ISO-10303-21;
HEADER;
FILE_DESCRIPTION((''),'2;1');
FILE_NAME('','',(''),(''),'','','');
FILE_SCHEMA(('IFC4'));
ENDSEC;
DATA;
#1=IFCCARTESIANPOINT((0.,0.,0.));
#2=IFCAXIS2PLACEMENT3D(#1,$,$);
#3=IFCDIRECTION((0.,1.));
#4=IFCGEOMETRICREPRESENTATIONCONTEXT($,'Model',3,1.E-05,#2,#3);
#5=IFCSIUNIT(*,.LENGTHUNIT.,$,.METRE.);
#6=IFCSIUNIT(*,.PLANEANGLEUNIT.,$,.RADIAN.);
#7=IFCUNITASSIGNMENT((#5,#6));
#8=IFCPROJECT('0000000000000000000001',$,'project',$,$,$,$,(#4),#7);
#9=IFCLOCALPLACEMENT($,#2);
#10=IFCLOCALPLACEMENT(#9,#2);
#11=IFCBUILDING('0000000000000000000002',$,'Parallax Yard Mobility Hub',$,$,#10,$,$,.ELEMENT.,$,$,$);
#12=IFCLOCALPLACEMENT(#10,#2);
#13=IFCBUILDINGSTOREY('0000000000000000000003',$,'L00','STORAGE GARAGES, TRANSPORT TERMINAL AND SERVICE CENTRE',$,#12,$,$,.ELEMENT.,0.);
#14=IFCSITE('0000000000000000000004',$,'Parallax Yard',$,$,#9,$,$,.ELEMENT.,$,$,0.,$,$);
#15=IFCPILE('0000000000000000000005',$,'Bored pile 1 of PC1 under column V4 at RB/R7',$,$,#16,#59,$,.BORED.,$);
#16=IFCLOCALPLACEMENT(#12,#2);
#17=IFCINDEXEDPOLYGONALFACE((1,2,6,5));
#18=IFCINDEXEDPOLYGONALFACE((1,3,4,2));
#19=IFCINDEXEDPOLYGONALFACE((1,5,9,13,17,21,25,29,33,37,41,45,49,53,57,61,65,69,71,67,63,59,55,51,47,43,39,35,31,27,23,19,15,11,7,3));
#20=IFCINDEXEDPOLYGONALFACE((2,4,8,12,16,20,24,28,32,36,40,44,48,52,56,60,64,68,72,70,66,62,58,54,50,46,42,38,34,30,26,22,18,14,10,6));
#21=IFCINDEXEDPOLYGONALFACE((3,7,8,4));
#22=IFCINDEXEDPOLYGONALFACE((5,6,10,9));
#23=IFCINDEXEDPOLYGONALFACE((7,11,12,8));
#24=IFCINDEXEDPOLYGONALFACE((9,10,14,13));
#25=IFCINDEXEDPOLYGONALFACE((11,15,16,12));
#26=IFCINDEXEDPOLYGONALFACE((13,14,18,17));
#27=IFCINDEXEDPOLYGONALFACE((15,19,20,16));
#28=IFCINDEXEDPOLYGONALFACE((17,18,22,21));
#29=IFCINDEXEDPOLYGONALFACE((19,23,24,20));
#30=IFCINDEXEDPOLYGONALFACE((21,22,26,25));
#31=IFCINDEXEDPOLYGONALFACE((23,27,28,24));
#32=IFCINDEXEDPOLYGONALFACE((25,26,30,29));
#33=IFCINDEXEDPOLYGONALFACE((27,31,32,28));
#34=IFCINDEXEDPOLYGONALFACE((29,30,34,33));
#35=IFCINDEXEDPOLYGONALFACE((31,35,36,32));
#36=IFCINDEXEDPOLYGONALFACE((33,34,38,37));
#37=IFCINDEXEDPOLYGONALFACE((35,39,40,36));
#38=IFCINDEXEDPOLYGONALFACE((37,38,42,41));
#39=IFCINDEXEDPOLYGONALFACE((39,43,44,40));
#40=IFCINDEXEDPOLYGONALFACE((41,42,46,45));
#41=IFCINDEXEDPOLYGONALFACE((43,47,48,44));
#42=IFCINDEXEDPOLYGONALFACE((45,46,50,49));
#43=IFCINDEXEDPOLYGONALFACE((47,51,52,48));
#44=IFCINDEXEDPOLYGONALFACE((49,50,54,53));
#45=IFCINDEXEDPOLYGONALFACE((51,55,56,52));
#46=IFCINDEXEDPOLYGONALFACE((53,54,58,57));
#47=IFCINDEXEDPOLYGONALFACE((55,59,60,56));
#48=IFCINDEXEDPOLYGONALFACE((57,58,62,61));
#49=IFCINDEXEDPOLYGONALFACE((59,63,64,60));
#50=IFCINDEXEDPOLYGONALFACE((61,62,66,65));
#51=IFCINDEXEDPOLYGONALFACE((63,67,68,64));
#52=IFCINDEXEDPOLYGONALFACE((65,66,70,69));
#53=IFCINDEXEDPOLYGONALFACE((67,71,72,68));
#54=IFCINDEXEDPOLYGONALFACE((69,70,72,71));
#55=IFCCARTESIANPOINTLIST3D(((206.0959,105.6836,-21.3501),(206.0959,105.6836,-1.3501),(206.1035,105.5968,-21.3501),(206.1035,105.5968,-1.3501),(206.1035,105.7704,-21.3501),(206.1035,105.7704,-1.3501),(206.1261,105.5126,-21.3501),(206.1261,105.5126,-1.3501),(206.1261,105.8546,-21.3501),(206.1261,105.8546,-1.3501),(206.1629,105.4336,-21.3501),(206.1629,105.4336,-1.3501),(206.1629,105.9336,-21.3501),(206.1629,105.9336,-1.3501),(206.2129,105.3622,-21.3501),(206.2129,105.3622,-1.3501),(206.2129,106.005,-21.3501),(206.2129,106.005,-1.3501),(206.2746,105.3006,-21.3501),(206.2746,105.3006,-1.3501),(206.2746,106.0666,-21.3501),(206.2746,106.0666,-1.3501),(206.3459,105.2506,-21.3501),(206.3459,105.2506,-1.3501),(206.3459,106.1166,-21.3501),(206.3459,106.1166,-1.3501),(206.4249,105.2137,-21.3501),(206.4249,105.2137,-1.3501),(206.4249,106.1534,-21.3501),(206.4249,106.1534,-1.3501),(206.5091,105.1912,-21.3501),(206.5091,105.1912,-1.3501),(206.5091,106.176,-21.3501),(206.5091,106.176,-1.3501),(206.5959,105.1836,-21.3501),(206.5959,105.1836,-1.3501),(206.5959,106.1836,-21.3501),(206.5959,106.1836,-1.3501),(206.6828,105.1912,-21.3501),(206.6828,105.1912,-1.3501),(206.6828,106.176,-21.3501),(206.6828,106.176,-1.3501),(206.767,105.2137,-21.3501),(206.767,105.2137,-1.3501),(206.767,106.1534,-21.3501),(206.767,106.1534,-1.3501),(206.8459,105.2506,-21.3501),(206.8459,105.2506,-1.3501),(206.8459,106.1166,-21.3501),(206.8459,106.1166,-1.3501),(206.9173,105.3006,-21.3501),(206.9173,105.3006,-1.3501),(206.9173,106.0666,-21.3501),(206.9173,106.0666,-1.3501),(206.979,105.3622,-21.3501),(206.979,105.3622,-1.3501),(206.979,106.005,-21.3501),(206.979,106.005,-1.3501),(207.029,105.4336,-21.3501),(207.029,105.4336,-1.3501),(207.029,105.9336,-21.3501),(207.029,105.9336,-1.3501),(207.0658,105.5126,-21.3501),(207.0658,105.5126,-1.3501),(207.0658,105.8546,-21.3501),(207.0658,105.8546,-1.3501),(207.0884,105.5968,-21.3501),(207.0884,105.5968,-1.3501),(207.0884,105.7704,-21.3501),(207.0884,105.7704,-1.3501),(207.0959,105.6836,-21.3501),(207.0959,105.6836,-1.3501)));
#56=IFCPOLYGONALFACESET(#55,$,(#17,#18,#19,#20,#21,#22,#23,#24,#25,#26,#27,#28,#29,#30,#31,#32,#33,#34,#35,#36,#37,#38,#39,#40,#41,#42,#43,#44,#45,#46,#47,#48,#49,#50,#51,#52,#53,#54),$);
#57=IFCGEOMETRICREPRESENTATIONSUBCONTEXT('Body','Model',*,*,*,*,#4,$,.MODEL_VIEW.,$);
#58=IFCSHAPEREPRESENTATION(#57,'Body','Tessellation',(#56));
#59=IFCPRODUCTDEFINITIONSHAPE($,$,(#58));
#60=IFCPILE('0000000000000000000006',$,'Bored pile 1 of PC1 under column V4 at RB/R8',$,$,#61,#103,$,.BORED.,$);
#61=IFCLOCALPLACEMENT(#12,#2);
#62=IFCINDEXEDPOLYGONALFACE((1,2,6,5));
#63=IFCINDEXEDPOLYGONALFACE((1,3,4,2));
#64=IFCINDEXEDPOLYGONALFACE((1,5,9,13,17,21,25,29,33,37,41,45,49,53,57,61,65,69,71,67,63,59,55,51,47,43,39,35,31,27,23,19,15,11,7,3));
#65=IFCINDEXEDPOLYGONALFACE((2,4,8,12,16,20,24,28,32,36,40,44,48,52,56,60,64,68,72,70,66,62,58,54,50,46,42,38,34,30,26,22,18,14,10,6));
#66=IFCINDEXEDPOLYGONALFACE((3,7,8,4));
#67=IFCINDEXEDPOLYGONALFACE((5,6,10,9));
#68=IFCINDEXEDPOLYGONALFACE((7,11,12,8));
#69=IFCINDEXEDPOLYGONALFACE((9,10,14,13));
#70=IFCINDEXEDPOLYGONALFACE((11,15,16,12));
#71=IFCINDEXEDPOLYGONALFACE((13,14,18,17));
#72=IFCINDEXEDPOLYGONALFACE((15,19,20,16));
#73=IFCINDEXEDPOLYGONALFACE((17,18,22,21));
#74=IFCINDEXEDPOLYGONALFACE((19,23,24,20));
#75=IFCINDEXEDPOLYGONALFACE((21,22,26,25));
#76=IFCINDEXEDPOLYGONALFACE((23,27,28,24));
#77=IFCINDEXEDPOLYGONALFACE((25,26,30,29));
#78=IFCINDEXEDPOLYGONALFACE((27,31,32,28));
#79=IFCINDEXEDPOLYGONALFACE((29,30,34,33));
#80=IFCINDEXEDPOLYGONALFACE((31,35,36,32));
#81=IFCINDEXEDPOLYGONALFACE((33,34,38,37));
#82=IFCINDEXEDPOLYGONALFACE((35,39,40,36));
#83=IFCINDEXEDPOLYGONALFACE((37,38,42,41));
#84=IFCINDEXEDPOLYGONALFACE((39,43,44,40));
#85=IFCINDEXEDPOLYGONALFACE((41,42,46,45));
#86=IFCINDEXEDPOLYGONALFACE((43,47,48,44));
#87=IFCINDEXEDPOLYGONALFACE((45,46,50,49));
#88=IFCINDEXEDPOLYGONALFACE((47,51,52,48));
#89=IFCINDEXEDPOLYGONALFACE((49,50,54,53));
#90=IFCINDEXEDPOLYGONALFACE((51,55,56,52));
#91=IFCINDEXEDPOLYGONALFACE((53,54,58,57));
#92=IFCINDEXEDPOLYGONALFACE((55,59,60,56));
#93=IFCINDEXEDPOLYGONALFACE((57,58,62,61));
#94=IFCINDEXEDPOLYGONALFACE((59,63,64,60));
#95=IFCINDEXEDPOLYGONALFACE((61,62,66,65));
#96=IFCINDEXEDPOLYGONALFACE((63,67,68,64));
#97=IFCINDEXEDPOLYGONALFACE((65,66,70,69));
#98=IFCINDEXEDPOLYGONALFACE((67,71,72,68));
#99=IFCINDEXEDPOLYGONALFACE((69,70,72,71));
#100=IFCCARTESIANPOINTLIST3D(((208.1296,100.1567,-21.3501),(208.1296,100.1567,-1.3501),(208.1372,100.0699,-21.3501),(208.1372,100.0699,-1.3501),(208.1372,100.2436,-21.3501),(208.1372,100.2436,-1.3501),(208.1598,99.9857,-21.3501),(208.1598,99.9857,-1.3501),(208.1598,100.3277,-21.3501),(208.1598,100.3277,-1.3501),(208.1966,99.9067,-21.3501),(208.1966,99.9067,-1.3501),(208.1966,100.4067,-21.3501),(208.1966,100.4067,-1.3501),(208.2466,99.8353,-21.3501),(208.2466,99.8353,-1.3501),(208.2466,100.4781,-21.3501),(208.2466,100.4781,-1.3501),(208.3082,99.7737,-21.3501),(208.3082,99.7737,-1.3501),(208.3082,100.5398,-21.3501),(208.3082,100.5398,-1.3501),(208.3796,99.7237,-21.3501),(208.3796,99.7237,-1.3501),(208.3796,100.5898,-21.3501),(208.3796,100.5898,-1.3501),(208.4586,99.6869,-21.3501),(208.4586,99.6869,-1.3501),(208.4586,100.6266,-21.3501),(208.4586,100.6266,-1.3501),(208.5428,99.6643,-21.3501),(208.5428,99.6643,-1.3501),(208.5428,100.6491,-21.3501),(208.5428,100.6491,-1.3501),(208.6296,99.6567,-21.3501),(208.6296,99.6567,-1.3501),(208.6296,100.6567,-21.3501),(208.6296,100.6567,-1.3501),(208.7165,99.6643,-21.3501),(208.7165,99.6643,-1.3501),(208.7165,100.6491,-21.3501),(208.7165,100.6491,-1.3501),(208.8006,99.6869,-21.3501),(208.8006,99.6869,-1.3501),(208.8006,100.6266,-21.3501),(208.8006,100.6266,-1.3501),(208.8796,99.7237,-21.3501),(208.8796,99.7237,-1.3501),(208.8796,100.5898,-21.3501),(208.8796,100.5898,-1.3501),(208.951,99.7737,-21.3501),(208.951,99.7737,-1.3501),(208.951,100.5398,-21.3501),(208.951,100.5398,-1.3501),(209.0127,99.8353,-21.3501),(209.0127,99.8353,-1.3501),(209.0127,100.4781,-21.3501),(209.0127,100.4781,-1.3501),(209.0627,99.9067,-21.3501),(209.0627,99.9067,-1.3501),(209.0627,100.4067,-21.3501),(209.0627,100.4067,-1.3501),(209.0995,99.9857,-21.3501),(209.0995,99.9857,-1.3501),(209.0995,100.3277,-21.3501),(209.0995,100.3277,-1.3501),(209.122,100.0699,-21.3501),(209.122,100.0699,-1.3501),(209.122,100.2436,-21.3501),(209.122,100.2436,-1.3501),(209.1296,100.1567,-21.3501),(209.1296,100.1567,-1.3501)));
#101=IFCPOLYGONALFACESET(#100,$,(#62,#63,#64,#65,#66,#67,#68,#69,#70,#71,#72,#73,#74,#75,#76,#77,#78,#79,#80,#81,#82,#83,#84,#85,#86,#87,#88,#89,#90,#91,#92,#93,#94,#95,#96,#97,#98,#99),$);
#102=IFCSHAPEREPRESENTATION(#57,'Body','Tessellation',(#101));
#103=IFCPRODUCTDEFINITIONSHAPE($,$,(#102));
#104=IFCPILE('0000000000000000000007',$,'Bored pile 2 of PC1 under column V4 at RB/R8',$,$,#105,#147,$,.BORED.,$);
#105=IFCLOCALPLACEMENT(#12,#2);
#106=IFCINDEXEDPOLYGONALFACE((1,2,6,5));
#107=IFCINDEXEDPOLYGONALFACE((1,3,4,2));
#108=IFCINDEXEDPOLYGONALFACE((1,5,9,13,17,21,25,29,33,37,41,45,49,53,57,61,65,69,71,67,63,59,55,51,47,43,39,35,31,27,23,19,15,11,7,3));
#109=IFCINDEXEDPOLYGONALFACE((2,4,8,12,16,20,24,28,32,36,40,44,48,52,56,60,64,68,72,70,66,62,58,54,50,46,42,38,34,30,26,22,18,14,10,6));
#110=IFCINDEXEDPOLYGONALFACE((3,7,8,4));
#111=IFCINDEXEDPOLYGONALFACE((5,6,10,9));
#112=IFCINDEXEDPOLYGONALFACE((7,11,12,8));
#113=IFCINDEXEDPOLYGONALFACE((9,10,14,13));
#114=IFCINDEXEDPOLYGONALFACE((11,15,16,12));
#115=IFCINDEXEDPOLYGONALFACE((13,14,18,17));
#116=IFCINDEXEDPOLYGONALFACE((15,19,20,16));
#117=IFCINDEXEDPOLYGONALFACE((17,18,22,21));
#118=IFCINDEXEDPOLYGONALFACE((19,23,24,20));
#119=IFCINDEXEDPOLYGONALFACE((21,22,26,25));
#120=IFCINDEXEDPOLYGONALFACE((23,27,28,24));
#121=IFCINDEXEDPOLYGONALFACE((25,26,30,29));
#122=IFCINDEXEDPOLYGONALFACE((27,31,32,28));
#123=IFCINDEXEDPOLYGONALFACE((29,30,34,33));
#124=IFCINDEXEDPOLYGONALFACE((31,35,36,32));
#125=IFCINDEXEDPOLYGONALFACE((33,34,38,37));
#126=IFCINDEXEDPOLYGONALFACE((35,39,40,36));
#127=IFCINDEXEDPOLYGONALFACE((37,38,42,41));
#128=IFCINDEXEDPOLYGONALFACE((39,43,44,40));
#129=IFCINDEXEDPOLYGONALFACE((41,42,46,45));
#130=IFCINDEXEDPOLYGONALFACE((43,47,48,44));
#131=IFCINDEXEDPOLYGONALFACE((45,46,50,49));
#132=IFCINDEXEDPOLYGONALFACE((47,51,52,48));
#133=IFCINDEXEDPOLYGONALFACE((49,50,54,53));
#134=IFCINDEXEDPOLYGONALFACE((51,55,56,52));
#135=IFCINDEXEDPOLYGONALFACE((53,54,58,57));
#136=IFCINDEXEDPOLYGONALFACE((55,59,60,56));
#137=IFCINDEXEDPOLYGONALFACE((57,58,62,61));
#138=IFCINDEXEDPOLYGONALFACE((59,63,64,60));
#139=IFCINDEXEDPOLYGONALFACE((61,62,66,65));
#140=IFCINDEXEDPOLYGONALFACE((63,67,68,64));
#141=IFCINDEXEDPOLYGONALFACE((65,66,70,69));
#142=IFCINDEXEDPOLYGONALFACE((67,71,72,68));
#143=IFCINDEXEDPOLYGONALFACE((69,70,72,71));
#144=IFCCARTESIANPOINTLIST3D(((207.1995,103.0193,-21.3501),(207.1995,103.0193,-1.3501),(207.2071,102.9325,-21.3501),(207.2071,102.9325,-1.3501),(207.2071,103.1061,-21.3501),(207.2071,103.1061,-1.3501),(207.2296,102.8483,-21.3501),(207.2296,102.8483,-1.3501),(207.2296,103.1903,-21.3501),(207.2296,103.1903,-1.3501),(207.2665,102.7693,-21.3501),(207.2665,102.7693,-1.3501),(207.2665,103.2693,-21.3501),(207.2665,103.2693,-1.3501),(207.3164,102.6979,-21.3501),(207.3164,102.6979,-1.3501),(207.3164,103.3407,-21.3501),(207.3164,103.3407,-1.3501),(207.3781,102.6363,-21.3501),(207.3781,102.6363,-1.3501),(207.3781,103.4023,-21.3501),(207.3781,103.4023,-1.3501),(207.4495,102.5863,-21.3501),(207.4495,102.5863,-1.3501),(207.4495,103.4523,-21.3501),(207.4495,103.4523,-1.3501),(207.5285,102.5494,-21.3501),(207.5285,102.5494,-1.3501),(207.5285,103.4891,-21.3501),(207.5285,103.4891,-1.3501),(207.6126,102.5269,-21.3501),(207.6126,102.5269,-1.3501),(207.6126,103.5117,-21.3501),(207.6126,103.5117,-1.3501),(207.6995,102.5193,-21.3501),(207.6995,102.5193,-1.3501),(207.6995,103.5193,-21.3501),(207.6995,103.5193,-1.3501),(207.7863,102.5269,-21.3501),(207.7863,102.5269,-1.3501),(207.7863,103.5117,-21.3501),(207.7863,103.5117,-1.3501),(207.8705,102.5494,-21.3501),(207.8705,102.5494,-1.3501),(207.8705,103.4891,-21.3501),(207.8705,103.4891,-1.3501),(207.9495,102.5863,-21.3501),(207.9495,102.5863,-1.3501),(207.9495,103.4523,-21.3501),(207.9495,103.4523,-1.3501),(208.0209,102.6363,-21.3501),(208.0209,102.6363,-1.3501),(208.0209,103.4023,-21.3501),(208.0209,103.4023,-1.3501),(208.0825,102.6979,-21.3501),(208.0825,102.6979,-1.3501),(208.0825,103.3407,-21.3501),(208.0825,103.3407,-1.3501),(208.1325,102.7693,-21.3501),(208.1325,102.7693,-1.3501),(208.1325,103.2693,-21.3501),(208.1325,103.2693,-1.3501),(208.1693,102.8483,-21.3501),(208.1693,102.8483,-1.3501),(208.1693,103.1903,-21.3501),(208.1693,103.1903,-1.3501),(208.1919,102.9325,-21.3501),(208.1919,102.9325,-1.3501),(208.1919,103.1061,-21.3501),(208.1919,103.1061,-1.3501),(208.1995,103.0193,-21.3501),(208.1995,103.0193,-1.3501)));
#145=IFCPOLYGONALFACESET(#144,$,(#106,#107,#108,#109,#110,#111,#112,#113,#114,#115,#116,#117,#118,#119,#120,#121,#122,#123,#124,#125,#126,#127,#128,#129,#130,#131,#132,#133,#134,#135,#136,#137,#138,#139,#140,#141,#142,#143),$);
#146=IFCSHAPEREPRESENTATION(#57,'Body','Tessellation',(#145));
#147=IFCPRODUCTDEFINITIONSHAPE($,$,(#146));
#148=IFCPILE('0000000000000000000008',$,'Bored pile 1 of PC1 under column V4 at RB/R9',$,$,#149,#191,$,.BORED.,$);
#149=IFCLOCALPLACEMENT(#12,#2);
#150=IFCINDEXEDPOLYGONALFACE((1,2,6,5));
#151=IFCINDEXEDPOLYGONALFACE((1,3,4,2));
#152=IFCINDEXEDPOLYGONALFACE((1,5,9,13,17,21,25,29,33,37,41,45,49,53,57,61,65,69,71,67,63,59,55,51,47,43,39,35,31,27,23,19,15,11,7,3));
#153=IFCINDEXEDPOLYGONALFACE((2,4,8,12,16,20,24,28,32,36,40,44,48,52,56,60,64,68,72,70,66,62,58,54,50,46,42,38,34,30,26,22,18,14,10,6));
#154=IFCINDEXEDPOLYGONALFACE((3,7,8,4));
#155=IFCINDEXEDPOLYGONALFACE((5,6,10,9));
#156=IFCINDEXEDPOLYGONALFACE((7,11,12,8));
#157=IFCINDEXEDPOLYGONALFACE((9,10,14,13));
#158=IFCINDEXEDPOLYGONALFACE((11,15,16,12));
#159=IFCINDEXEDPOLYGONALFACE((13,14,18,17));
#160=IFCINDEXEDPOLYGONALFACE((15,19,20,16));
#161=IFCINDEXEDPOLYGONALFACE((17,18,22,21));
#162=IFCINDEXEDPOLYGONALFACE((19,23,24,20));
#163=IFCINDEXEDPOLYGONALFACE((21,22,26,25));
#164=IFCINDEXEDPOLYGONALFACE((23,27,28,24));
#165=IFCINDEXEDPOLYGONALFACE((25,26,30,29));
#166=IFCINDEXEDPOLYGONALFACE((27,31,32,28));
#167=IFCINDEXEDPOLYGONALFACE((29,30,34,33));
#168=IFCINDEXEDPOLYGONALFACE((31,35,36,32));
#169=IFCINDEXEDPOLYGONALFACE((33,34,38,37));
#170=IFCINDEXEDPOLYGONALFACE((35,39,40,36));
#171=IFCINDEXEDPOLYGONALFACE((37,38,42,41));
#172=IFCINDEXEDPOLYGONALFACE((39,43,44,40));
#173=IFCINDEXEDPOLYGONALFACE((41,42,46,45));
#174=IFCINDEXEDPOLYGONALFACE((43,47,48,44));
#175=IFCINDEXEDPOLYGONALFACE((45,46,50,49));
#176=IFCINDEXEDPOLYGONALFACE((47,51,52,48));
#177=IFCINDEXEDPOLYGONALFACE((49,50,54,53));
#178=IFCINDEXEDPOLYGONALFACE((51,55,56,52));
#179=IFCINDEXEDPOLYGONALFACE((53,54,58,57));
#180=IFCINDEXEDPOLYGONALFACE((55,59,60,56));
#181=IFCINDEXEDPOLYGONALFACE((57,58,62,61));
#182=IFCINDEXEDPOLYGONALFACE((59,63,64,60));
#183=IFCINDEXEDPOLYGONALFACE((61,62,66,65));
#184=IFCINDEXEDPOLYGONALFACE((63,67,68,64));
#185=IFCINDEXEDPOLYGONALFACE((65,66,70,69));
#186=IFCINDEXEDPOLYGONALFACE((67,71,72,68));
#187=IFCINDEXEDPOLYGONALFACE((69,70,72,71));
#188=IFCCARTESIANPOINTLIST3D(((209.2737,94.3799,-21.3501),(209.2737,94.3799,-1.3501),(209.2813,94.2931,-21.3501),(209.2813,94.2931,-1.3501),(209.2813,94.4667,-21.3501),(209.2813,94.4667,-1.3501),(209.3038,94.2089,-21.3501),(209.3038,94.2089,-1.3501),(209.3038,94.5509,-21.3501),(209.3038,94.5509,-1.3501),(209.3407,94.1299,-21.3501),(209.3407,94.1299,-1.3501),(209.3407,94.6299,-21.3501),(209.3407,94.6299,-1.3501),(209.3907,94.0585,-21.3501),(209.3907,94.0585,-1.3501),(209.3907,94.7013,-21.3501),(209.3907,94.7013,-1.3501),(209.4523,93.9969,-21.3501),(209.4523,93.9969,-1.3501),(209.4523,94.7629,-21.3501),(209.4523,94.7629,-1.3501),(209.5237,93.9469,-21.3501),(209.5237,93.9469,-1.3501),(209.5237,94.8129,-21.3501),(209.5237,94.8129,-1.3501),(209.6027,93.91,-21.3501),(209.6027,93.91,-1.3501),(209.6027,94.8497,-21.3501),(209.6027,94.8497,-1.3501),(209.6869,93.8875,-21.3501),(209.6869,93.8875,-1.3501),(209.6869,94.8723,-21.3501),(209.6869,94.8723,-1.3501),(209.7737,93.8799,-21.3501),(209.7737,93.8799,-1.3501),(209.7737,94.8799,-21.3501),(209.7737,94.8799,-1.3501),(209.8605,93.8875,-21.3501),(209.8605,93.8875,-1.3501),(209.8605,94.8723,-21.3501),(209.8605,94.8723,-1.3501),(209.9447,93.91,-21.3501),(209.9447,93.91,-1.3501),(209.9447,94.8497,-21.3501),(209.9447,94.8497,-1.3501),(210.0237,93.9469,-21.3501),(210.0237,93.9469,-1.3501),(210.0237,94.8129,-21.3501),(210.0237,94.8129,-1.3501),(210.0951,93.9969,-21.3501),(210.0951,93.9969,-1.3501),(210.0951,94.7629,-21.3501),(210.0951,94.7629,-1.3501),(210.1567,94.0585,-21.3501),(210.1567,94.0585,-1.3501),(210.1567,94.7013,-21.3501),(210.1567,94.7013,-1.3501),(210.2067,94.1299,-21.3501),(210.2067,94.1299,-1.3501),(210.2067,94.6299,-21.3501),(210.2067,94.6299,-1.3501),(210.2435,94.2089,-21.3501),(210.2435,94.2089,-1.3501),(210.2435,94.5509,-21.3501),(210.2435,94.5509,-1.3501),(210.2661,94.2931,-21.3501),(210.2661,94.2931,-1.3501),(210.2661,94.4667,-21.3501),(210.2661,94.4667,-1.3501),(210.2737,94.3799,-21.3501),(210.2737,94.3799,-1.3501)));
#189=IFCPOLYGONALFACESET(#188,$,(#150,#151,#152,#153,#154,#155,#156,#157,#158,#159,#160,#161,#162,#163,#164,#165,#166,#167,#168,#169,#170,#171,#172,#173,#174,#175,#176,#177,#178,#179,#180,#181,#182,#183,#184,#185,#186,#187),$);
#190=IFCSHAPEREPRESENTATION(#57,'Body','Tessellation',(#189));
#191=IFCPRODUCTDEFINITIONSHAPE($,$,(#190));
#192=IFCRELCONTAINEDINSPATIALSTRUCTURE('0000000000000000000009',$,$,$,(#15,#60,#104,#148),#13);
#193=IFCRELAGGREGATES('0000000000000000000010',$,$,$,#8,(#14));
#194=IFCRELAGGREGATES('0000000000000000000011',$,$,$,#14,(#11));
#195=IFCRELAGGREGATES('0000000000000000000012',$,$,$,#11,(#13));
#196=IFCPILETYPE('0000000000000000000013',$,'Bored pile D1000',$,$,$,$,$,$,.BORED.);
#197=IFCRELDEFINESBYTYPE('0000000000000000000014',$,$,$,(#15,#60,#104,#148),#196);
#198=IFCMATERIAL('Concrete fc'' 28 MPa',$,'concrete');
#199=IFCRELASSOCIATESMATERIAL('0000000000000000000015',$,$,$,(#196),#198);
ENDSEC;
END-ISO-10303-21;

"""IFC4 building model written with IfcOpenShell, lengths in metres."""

from ifc_helpers import new_model, si_unit, direction, frame, origin, origin_2d, place, context, subcontext, project, spatial, circle, extrude, material, material_profile, profile_set, type_object, element, save


model = new_model("IFC4")

# Units and contexts
model_context = context("Model", 3, precision=1e-05, world=origin(), true_north=direction((0.0, 1.0)))
body_context = subcontext(model_context, "Body", "Model", "MODEL_VIEW")
ifc_project = project(units=[si_unit("LENGTHUNIT", "METRE"), si_unit("PLANEANGLEUNIT", "RADIAN")], contexts=[model_context])

# Site, building, storey
site_placement = place(None, origin())
site = spatial("IfcSite", under=ifc_project, at=site_placement, Name="Parallax Yard", CompositionType="ELEMENT", RefElevation=0.0)
building_placement = place(site_placement, origin())
building = spatial("IfcBuilding", under=site, at=building_placement, Name="Parallax Yard Mobility Hub", CompositionType="ELEMENT")
storey_placement = place(building_placement, origin())
storey = spatial("IfcBuildingStorey", under=building, at=storey_placement, Name="L00", Description="STORAGE GARAGES, TRANSPORT TERMINAL AND SERVICE CENTRE", CompositionType="ELEMENT", Elevation=0.0)

# Piles
ifc_material_1 = material(Name="Concrete fc' 28 MPa", Category="concrete")
ifc_material_profile_1 = material_profile(ifc_material_1, circle(Radius=0.5, at=origin_2d()), Name="Bored pile D1000")
ifc_profile_set_1 = profile_set([ifc_material_profile_1], Name="Concrete fc' 28 MPa")
pile_type = type_object("IfcPileType", Name="Bored pile D1000", PredefinedType="BORED", material=ifc_profile_set_1)
for number, where, z_axis, x_axis, name in (
    (1, (206.5959, 105.6836, -1.3501), (0.0, 0.0, -1.0), (1.0, 0.0, 0.0), "Bored pile 1 of PC1 under column V4 at RB/R7"),
    (2, (208.6296, 100.1567, -1.3501), (0.0, 0.0, -1.0), (1.0, 0.0, 0.0), "Bored pile 1 of PC1 under column V4 at RB/R8"),
    (3, (207.6995, 103.0193, -1.3501), (0.0, 0.0, -1.0), (1.0, 0.0, 0.0), "Bored pile 2 of PC1 under column V4 at RB/R8"),
    (4, (209.7737, 94.3799, -1.3501), (0.0, 0.0, -1.0), (1.0, 0.0, 0.0), "Bored pile 1 of PC1 under column V4 at RB/R9"),
):
    element("IfcPile", number, at=place(storey_placement, frame(where, z_axis=z_axis, x_axis=x_axis)), inside=storey, type_object=pile_type, Name=name, PredefinedType="BORED", context=body_context, shape_type="SweptSolid", body=[
        extrude(circle(Radius=0.5, at=origin_2d()), origin(), (0.0, 0.0, 1.0), 20.0),
    ])

save(model, "model.ifc")
